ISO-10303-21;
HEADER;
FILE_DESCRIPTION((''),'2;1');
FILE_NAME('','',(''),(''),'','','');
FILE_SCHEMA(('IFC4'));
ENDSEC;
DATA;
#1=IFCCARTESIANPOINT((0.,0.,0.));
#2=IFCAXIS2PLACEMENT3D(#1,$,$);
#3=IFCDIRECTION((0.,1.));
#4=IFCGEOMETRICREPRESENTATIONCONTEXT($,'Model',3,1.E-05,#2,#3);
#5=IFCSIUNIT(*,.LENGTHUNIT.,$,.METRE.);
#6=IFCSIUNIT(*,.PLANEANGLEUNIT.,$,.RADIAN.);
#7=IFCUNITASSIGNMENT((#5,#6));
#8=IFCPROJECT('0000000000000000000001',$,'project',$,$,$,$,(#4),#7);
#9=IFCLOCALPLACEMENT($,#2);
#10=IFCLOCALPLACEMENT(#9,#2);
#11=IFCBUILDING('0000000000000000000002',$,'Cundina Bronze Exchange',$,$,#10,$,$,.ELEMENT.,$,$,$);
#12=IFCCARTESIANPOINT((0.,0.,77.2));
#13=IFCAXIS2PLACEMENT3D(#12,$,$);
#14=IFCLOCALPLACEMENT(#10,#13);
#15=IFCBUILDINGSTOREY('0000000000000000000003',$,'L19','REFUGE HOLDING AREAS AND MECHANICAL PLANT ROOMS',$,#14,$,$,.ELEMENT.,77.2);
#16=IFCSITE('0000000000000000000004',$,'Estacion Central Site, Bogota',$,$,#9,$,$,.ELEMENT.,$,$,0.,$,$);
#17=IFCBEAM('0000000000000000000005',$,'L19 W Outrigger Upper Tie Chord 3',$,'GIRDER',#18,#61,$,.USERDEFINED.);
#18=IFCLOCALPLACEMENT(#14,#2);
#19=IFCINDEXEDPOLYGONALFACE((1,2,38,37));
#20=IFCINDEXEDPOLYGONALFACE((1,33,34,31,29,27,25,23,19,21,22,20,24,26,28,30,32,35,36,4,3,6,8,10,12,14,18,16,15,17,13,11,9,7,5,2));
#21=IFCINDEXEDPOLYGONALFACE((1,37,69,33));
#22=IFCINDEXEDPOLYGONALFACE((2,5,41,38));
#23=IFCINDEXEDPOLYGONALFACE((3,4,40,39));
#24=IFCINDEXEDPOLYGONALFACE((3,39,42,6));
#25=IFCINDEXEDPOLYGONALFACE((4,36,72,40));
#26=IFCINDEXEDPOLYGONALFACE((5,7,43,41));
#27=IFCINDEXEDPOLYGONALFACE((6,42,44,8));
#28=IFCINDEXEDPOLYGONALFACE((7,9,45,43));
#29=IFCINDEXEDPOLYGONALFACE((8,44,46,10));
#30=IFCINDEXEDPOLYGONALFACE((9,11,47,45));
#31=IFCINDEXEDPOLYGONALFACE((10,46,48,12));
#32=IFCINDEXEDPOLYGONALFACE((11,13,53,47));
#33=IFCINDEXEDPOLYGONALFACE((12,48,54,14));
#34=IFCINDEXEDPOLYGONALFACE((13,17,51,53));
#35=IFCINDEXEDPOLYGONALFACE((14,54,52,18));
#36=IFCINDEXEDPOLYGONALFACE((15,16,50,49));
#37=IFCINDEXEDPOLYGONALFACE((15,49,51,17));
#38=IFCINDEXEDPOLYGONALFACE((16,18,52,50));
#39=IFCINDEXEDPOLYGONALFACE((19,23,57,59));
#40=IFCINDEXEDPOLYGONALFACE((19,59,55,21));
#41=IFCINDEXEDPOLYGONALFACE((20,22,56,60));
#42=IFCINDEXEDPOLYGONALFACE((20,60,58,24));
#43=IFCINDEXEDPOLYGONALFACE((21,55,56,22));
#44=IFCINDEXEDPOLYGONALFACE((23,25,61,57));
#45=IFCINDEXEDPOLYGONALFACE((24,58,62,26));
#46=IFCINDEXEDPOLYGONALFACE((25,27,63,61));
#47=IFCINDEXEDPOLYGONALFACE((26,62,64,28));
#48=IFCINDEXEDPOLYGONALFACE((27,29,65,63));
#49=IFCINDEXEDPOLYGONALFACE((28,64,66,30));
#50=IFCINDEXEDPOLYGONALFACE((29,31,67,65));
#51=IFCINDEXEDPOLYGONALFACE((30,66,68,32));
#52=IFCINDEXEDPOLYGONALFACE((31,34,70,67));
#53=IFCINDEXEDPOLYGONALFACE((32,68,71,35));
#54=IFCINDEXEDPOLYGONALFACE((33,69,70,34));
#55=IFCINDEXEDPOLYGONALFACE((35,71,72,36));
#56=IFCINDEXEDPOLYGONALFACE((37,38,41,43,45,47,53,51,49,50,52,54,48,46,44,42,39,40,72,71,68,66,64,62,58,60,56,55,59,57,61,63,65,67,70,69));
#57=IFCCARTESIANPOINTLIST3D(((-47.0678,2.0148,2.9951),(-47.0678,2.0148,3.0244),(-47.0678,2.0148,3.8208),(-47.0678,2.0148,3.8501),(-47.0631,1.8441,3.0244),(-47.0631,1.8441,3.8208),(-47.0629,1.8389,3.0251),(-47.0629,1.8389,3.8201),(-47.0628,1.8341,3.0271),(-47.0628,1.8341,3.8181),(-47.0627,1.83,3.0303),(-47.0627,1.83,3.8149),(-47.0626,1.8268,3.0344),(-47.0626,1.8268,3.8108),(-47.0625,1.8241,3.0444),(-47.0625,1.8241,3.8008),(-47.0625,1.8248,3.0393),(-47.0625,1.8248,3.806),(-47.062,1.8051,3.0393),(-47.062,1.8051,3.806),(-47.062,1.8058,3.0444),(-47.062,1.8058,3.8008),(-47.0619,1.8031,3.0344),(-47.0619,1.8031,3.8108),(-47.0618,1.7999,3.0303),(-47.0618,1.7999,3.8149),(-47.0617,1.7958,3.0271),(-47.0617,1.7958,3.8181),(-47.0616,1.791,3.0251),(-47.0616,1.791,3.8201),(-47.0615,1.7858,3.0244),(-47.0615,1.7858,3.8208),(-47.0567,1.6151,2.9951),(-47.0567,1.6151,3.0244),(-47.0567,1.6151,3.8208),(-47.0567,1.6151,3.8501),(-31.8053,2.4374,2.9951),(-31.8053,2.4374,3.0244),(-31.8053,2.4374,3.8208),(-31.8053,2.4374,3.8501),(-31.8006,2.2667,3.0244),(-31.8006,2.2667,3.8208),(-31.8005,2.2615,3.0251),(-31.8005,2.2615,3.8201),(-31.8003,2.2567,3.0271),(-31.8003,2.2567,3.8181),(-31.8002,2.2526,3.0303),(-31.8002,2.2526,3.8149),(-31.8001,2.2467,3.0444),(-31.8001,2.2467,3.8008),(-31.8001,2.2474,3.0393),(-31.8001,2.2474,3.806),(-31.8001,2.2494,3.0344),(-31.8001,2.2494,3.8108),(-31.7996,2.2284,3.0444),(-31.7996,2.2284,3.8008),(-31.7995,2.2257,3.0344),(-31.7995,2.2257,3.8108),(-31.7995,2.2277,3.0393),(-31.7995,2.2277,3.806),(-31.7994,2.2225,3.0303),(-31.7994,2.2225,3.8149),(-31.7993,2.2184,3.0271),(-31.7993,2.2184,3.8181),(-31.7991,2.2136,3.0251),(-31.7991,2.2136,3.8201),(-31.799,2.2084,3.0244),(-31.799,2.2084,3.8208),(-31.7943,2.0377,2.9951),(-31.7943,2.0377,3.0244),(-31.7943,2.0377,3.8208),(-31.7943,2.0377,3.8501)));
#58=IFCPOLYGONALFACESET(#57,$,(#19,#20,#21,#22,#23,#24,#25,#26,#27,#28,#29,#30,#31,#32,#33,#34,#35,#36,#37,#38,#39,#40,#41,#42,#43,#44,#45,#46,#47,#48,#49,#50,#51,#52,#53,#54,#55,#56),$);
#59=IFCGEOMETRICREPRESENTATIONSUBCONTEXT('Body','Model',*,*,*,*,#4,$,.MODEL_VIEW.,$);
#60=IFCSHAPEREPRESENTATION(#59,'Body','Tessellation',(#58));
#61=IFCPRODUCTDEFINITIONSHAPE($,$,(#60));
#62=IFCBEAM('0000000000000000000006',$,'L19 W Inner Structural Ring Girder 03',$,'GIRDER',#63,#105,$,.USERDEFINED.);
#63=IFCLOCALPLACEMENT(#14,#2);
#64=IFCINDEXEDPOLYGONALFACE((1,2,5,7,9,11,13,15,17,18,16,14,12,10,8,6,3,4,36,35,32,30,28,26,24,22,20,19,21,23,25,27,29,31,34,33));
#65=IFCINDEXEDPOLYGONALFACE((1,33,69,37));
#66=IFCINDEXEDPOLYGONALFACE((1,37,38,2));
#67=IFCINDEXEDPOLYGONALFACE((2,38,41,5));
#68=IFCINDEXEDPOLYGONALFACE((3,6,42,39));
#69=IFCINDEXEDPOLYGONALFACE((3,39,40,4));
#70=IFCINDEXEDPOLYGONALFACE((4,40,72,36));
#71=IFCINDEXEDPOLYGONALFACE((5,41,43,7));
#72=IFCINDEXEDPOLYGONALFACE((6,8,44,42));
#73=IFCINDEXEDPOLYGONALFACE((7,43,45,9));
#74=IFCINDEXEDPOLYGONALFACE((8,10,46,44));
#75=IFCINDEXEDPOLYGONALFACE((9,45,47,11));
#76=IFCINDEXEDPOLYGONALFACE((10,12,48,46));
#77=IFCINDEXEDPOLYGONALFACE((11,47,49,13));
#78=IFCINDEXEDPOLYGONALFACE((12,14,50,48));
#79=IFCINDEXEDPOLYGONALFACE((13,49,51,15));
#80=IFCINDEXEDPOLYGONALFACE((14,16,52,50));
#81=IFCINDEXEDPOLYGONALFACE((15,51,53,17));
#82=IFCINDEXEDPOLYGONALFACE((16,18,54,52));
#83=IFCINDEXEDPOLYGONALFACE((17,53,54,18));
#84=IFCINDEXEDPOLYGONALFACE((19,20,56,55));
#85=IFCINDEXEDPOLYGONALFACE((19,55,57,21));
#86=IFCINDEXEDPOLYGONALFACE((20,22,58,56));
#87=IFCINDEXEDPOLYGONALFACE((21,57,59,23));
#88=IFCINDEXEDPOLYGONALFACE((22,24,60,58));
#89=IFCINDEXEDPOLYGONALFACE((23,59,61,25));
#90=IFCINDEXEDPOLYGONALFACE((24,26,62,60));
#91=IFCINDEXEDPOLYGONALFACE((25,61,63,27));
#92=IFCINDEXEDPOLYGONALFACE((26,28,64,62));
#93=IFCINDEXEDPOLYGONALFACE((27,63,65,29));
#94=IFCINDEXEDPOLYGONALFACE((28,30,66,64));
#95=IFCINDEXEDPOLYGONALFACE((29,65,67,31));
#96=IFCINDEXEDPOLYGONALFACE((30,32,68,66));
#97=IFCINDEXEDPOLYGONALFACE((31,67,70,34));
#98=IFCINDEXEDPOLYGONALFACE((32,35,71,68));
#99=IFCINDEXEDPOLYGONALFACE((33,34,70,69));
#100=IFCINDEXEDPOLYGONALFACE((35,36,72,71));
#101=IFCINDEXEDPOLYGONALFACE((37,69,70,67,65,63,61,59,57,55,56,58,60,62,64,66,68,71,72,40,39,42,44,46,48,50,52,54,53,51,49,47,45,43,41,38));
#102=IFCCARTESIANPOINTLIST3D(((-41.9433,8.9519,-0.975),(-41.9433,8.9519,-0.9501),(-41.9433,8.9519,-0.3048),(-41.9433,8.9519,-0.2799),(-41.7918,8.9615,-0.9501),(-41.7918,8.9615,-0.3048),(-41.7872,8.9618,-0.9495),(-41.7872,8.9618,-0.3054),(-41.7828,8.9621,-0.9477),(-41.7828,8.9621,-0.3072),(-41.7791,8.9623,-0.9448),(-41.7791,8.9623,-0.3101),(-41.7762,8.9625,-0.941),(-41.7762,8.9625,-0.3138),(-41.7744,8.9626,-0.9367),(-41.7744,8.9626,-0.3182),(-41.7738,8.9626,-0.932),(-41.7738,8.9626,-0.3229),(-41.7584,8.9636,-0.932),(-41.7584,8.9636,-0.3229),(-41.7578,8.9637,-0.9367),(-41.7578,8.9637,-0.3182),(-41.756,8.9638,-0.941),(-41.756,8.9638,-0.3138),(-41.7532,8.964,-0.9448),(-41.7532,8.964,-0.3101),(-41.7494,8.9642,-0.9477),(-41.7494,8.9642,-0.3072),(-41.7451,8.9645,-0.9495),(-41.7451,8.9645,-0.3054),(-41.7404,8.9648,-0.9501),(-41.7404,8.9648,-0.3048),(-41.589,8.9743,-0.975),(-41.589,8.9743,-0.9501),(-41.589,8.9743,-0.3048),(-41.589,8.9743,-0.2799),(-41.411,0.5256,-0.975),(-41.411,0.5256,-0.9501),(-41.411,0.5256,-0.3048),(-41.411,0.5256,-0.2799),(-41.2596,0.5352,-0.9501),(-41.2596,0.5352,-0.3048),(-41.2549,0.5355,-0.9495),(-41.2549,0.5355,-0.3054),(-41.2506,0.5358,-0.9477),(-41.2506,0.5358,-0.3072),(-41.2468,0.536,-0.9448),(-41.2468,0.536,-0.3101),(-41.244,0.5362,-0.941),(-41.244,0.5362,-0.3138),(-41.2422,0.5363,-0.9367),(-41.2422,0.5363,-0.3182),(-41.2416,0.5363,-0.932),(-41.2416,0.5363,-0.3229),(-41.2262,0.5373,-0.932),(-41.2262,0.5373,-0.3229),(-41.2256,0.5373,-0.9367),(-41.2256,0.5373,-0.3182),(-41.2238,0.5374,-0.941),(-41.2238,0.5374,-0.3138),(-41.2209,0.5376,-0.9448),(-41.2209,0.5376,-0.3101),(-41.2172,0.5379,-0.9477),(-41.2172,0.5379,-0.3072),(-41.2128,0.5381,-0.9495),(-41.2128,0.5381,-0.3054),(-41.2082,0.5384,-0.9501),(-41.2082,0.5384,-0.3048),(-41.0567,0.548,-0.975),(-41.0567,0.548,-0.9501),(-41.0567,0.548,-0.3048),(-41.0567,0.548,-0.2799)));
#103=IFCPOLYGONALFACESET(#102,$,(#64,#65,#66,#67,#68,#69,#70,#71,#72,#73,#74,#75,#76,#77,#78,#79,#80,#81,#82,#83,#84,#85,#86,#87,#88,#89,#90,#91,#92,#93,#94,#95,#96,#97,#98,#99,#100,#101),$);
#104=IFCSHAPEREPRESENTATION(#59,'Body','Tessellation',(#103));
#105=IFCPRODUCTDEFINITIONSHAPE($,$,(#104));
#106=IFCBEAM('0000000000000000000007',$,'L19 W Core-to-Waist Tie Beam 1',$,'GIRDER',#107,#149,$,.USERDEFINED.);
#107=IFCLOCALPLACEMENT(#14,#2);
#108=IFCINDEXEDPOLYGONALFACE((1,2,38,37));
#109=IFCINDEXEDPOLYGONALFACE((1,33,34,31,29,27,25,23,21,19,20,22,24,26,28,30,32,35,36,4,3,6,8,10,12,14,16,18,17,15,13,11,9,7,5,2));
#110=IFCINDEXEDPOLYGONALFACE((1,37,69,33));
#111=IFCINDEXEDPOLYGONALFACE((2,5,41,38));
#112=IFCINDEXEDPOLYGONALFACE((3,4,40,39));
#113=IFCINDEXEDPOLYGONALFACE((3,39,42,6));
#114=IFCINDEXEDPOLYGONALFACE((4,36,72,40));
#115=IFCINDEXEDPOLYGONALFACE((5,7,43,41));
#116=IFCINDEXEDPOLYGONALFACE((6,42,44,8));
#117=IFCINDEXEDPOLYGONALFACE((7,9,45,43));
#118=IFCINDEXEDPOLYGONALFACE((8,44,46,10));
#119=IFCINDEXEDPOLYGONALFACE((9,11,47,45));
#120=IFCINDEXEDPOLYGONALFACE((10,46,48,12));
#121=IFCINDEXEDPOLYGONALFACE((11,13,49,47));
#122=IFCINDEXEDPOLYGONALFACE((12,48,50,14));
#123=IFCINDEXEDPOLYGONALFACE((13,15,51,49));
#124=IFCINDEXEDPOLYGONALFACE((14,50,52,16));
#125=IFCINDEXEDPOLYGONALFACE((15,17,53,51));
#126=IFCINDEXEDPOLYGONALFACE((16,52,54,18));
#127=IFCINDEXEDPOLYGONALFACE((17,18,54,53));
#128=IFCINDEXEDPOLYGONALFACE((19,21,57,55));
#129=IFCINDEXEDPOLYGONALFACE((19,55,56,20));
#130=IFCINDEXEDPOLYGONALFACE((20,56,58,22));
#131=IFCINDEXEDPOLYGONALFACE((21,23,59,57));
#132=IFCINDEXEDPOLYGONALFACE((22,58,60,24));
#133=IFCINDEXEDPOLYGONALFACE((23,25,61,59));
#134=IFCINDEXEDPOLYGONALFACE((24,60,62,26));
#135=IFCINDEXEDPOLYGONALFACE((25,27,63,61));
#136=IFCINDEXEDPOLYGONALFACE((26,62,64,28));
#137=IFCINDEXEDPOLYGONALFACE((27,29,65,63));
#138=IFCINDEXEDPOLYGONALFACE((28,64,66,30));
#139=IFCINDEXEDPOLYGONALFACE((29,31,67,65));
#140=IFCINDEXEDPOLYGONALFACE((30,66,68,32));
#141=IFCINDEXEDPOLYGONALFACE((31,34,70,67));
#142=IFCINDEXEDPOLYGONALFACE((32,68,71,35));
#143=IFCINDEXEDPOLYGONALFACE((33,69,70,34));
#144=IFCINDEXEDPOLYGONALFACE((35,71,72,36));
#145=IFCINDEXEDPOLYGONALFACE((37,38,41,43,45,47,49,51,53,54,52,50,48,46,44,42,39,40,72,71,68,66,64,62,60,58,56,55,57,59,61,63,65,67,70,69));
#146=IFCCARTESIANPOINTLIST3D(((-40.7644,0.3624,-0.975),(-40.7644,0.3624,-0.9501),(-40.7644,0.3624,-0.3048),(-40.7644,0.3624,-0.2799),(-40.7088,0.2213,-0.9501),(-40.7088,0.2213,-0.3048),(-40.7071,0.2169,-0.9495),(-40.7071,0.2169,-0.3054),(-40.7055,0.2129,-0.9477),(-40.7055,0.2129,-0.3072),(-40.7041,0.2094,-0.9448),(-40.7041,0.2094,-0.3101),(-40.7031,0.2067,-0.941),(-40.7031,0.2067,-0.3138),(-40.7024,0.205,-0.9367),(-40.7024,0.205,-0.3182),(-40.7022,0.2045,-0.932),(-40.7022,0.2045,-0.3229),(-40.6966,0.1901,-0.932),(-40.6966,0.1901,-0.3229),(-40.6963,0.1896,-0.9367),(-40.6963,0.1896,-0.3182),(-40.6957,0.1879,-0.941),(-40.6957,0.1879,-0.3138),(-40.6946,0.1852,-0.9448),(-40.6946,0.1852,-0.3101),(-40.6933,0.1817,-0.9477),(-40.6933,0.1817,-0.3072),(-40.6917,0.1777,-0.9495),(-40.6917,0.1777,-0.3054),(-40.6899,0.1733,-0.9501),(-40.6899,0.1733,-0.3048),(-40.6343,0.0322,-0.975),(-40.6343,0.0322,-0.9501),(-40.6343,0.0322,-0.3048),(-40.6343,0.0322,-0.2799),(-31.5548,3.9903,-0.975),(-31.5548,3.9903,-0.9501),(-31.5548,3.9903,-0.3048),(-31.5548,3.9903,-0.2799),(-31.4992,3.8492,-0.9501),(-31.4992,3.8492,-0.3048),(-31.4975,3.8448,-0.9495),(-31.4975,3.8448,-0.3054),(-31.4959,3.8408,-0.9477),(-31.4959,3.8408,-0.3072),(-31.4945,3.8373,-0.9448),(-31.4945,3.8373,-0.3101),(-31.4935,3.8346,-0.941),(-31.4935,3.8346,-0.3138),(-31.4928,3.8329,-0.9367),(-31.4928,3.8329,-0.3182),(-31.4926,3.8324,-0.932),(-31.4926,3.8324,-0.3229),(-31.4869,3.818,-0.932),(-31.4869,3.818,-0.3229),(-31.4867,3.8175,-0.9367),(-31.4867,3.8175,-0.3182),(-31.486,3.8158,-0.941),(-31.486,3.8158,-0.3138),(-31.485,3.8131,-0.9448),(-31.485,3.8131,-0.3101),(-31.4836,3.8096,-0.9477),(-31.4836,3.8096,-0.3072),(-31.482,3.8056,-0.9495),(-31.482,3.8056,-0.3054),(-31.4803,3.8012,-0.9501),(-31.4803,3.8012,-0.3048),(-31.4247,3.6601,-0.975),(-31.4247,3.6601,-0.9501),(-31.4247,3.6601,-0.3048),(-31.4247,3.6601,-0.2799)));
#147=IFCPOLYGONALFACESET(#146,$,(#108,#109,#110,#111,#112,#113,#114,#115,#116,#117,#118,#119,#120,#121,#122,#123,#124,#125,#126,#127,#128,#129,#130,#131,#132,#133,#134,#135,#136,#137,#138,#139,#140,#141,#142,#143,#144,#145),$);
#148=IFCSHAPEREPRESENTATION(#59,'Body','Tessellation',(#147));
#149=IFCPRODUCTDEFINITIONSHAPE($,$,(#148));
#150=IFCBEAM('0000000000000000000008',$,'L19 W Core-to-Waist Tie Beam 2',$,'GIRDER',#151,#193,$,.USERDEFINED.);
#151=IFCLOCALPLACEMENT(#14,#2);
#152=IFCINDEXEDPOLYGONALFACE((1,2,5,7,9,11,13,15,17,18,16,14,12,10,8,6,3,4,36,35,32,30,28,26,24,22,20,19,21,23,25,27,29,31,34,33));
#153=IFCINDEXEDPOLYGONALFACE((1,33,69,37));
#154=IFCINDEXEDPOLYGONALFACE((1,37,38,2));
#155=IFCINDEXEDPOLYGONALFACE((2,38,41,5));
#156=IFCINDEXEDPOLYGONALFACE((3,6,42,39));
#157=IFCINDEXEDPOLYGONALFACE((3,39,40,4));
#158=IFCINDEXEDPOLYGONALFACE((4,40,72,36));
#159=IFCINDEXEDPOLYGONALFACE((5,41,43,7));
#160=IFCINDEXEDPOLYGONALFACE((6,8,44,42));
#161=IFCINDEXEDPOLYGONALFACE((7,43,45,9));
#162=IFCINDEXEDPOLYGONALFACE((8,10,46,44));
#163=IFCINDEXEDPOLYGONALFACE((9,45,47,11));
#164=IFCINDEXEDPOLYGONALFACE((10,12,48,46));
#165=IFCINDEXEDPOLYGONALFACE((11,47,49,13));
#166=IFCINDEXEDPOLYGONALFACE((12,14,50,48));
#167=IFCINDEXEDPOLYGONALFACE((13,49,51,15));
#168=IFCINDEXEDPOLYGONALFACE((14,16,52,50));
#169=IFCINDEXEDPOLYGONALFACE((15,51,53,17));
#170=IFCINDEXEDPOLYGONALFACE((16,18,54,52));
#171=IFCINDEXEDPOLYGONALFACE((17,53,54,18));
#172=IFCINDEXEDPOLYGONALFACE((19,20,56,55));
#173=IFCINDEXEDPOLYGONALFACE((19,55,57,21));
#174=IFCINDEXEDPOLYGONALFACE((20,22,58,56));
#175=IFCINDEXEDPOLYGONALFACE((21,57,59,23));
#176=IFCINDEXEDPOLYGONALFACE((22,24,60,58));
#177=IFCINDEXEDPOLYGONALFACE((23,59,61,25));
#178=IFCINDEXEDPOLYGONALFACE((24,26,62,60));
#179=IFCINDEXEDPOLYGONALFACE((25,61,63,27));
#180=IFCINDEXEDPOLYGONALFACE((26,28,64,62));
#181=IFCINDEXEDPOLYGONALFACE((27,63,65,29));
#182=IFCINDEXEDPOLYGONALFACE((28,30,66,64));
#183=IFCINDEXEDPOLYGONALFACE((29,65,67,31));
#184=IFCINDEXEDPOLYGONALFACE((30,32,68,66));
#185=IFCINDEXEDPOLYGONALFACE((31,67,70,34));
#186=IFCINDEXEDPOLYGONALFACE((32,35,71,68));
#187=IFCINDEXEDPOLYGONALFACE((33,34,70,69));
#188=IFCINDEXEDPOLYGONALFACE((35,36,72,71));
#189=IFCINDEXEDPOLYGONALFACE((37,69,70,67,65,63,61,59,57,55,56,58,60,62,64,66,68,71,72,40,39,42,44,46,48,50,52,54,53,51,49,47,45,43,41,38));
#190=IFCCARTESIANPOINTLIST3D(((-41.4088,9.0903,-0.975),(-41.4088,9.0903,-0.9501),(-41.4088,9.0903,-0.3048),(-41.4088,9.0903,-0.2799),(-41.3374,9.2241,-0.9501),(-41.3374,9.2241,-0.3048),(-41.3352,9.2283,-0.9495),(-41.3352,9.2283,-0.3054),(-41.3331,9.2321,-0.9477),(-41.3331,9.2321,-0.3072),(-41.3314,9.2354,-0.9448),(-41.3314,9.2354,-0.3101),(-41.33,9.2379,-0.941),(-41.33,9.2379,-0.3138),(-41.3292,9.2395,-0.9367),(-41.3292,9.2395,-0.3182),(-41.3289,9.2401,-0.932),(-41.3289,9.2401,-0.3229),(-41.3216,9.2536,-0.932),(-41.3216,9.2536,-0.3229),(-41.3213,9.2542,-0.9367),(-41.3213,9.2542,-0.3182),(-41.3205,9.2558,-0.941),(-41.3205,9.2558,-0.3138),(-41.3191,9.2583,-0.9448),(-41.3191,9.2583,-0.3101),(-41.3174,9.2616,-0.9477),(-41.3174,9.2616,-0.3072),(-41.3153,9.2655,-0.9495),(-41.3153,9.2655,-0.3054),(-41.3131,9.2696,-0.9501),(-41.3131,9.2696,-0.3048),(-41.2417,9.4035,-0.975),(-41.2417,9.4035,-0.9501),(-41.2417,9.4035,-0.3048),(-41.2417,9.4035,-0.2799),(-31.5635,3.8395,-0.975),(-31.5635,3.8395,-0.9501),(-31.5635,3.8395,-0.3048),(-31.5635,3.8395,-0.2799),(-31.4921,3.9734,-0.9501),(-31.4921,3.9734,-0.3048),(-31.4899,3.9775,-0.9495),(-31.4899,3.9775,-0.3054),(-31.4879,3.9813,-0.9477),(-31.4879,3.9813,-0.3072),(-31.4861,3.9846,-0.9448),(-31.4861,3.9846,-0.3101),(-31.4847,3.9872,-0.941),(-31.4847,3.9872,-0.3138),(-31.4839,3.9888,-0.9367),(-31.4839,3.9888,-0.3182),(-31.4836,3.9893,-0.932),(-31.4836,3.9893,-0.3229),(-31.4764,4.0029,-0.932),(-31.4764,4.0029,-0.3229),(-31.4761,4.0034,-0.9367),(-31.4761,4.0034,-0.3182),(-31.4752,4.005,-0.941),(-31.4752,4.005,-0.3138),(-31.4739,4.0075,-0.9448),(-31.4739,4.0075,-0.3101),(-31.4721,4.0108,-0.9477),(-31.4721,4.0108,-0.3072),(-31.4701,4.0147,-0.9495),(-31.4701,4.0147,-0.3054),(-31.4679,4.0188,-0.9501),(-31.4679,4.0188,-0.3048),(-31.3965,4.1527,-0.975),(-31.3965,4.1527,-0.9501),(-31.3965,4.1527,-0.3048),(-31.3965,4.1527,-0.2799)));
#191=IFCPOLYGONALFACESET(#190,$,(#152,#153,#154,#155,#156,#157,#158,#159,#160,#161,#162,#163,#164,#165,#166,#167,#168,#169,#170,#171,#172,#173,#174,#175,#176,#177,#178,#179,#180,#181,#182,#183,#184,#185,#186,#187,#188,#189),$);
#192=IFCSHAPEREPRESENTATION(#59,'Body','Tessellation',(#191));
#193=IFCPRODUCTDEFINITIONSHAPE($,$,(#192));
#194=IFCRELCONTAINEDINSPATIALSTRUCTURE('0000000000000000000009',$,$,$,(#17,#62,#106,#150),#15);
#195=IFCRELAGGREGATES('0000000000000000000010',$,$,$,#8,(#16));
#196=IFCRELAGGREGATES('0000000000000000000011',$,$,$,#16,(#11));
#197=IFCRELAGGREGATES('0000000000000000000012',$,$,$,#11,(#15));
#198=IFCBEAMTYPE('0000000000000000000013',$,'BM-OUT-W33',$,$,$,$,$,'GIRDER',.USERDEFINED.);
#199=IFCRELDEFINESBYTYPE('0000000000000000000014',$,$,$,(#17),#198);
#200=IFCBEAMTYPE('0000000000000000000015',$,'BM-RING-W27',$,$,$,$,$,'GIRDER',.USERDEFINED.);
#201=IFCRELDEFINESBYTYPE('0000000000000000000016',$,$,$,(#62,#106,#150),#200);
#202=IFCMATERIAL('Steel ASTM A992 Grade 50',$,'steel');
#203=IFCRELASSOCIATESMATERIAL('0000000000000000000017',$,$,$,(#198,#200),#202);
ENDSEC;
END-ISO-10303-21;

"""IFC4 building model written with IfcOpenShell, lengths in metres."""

from ifc_helpers import new_model, si_unit, direction, frame, origin, origin_2d, place, context, subcontext, project, spatial, i_section, extrude, material, material_profile, profile_set, type_object, element, save


model = new_model("IFC4")

# Units and contexts
model_context = context("Model", 3, precision=1e-05, world=origin(), true_north=direction((0.0, 1.0)))
body_context = subcontext(model_context, "Body", "Model", "MODEL_VIEW")
ifc_project = project(units=[si_unit("LENGTHUNIT", "METRE"), si_unit("PLANEANGLEUNIT", "RADIAN")], contexts=[model_context])

# Site, building, storey
site_placement = place(None, origin())
site = spatial("IfcSite", under=ifc_project, at=site_placement, Name="Estacion Central Site, Bogota", CompositionType="ELEMENT", RefElevation=0.0)
building_placement = place(site_placement, origin())
building = spatial("IfcBuilding", under=site, at=building_placement, Name="Cundina Bronze Exchange", CompositionType="ELEMENT")
storey_placement = place(building_placement, frame((0.0, 0.0, 77.2)))
storey = spatial("IfcBuildingStorey", under=building, at=storey_placement, Name="L19", Description="REFUGE HOLDING AREAS AND MECHANICAL PLANT ROOMS", CompositionType="ELEMENT", Elevation=77.2)

# Beams
ifc_material_1 = material(Name="Steel ASTM A992 Grade 50", Category="steel")
ifc_material_profile_1 = material_profile(ifc_material_1, i_section(OverallWidth=0.3999, OverallDepth=0.855, WebThickness=0.0183, FlangeThickness=0.0293, FilletRadius=0.02, at=origin_2d()), Name="W33X201", Category="steel")
ifc_profile_set_1 = profile_set([ifc_material_profile_1], Name="Steel ASTM A992 Grade 50")
beam_type_1 = type_object("IfcBeamType", Name="BM-OUT-W33", ElementType="GIRDER", PredefinedType="USERDEFINED", material=ifc_profile_set_1)
beam_1_placement = place(storey_placement, frame((-31.7998, 2.2375, 3.4226), z_axis=(-0.999617, -0.027679, 0.0), x_axis=(0.027679, -0.999617, 0.0)))
element("IfcBeam", 1, at=beam_1_placement, inside=storey, type_object=beam_type_1, Name="L19 W Outrigger Upper Tie Chord 3", ObjectType="GIRDER", PredefinedType="USERDEFINED", context=body_context, shape_type="SweptSolid", body=[
    extrude(i_section(OverallWidth=0.3999, OverallDepth=0.855, WebThickness=0.0183, FlangeThickness=0.0293, FilletRadius=0.02, at=origin_2d()), origin(), (0.0, 0.0, 1.0), 15.2683),
])
ifc_material_profile_2 = material_profile(ifc_material_1, i_section(OverallWidth=0.355, OverallDepth=0.6951, WebThickness=0.0154, FlangeThickness=0.0249, FilletRadius=0.0181, at=origin_2d()), Name="W27X146", Category="steel")
ifc_profile_set_2 = profile_set([ifc_material_profile_2], Name="Steel ASTM A992 Grade 50")
beam_type_2 = type_object("IfcBeamType", Name="BM-RING-W27", ElementType="GIRDER", PredefinedType="USERDEFINED", material=ifc_profile_set_2)
beam_2_placement = place(storey_placement, frame((-41.7661, 8.9631, -0.6274), z_axis=(0.063037, -0.998011, 0.0), x_axis=(0.998011, 0.063037, 0.0)))
element("IfcBeam", 2, at=beam_2_placement, inside=storey, type_object=beam_type_2, Name="L19 W Inner Structural Ring Girder 03", ObjectType="GIRDER", PredefinedType="USERDEFINED", context=body_context, shape_type="SweptSolid", body=[
    extrude(i_section(OverallWidth=0.355, OverallDepth=0.6951, WebThickness=0.0154, FlangeThickness=0.0249, FilletRadius=0.0181, at=origin_2d()), origin(), (0.0, 0.0, 1.0), 8.4431),
])
beam_3_placement = place(storey_placement, frame((-31.4897, 3.8252, -0.6274), z_axis=(-0.930413, -0.366512, 0.0), x_axis=(0.366512, -0.930413, 0.0)))
element("IfcBeam", 3, at=beam_3_placement, inside=storey, type_object=beam_type_2, Name="L19 W Core-to-Waist Tie Beam 1", ObjectType="GIRDER", PredefinedType="USERDEFINED", context=body_context, shape_type="SweptSolid", body=[
    extrude(i_section(OverallWidth=0.355, OverallDepth=0.6951, WebThickness=0.0154, FlangeThickness=0.0249, FilletRadius=0.0181, at=origin_2d()), origin(), (0.0, 0.0, 1.0), 9.8984),
])
beam_4_placement = place(storey_placement, frame((-31.48, 3.9961, -0.6274), z_axis=(-0.882355, 0.470585, 0.0), x_axis=(-0.470585, -0.882355, 0.0)))
element("IfcBeam", 4, at=beam_4_placement, inside=storey, type_object=beam_type_2, Name="L19 W Core-to-Waist Tie Beam 2", ObjectType="GIRDER", PredefinedType="USERDEFINED", context=body_context, shape_type="SweptSolid", body=[
    extrude(i_section(OverallWidth=0.355, OverallDepth=0.6951, WebThickness=0.0154, FlangeThickness=0.0249, FilletRadius=0.0181, at=origin_2d()), origin(), (0.0, 0.0, 1.0), 11.158),
])

save(model, "model.ifc")
